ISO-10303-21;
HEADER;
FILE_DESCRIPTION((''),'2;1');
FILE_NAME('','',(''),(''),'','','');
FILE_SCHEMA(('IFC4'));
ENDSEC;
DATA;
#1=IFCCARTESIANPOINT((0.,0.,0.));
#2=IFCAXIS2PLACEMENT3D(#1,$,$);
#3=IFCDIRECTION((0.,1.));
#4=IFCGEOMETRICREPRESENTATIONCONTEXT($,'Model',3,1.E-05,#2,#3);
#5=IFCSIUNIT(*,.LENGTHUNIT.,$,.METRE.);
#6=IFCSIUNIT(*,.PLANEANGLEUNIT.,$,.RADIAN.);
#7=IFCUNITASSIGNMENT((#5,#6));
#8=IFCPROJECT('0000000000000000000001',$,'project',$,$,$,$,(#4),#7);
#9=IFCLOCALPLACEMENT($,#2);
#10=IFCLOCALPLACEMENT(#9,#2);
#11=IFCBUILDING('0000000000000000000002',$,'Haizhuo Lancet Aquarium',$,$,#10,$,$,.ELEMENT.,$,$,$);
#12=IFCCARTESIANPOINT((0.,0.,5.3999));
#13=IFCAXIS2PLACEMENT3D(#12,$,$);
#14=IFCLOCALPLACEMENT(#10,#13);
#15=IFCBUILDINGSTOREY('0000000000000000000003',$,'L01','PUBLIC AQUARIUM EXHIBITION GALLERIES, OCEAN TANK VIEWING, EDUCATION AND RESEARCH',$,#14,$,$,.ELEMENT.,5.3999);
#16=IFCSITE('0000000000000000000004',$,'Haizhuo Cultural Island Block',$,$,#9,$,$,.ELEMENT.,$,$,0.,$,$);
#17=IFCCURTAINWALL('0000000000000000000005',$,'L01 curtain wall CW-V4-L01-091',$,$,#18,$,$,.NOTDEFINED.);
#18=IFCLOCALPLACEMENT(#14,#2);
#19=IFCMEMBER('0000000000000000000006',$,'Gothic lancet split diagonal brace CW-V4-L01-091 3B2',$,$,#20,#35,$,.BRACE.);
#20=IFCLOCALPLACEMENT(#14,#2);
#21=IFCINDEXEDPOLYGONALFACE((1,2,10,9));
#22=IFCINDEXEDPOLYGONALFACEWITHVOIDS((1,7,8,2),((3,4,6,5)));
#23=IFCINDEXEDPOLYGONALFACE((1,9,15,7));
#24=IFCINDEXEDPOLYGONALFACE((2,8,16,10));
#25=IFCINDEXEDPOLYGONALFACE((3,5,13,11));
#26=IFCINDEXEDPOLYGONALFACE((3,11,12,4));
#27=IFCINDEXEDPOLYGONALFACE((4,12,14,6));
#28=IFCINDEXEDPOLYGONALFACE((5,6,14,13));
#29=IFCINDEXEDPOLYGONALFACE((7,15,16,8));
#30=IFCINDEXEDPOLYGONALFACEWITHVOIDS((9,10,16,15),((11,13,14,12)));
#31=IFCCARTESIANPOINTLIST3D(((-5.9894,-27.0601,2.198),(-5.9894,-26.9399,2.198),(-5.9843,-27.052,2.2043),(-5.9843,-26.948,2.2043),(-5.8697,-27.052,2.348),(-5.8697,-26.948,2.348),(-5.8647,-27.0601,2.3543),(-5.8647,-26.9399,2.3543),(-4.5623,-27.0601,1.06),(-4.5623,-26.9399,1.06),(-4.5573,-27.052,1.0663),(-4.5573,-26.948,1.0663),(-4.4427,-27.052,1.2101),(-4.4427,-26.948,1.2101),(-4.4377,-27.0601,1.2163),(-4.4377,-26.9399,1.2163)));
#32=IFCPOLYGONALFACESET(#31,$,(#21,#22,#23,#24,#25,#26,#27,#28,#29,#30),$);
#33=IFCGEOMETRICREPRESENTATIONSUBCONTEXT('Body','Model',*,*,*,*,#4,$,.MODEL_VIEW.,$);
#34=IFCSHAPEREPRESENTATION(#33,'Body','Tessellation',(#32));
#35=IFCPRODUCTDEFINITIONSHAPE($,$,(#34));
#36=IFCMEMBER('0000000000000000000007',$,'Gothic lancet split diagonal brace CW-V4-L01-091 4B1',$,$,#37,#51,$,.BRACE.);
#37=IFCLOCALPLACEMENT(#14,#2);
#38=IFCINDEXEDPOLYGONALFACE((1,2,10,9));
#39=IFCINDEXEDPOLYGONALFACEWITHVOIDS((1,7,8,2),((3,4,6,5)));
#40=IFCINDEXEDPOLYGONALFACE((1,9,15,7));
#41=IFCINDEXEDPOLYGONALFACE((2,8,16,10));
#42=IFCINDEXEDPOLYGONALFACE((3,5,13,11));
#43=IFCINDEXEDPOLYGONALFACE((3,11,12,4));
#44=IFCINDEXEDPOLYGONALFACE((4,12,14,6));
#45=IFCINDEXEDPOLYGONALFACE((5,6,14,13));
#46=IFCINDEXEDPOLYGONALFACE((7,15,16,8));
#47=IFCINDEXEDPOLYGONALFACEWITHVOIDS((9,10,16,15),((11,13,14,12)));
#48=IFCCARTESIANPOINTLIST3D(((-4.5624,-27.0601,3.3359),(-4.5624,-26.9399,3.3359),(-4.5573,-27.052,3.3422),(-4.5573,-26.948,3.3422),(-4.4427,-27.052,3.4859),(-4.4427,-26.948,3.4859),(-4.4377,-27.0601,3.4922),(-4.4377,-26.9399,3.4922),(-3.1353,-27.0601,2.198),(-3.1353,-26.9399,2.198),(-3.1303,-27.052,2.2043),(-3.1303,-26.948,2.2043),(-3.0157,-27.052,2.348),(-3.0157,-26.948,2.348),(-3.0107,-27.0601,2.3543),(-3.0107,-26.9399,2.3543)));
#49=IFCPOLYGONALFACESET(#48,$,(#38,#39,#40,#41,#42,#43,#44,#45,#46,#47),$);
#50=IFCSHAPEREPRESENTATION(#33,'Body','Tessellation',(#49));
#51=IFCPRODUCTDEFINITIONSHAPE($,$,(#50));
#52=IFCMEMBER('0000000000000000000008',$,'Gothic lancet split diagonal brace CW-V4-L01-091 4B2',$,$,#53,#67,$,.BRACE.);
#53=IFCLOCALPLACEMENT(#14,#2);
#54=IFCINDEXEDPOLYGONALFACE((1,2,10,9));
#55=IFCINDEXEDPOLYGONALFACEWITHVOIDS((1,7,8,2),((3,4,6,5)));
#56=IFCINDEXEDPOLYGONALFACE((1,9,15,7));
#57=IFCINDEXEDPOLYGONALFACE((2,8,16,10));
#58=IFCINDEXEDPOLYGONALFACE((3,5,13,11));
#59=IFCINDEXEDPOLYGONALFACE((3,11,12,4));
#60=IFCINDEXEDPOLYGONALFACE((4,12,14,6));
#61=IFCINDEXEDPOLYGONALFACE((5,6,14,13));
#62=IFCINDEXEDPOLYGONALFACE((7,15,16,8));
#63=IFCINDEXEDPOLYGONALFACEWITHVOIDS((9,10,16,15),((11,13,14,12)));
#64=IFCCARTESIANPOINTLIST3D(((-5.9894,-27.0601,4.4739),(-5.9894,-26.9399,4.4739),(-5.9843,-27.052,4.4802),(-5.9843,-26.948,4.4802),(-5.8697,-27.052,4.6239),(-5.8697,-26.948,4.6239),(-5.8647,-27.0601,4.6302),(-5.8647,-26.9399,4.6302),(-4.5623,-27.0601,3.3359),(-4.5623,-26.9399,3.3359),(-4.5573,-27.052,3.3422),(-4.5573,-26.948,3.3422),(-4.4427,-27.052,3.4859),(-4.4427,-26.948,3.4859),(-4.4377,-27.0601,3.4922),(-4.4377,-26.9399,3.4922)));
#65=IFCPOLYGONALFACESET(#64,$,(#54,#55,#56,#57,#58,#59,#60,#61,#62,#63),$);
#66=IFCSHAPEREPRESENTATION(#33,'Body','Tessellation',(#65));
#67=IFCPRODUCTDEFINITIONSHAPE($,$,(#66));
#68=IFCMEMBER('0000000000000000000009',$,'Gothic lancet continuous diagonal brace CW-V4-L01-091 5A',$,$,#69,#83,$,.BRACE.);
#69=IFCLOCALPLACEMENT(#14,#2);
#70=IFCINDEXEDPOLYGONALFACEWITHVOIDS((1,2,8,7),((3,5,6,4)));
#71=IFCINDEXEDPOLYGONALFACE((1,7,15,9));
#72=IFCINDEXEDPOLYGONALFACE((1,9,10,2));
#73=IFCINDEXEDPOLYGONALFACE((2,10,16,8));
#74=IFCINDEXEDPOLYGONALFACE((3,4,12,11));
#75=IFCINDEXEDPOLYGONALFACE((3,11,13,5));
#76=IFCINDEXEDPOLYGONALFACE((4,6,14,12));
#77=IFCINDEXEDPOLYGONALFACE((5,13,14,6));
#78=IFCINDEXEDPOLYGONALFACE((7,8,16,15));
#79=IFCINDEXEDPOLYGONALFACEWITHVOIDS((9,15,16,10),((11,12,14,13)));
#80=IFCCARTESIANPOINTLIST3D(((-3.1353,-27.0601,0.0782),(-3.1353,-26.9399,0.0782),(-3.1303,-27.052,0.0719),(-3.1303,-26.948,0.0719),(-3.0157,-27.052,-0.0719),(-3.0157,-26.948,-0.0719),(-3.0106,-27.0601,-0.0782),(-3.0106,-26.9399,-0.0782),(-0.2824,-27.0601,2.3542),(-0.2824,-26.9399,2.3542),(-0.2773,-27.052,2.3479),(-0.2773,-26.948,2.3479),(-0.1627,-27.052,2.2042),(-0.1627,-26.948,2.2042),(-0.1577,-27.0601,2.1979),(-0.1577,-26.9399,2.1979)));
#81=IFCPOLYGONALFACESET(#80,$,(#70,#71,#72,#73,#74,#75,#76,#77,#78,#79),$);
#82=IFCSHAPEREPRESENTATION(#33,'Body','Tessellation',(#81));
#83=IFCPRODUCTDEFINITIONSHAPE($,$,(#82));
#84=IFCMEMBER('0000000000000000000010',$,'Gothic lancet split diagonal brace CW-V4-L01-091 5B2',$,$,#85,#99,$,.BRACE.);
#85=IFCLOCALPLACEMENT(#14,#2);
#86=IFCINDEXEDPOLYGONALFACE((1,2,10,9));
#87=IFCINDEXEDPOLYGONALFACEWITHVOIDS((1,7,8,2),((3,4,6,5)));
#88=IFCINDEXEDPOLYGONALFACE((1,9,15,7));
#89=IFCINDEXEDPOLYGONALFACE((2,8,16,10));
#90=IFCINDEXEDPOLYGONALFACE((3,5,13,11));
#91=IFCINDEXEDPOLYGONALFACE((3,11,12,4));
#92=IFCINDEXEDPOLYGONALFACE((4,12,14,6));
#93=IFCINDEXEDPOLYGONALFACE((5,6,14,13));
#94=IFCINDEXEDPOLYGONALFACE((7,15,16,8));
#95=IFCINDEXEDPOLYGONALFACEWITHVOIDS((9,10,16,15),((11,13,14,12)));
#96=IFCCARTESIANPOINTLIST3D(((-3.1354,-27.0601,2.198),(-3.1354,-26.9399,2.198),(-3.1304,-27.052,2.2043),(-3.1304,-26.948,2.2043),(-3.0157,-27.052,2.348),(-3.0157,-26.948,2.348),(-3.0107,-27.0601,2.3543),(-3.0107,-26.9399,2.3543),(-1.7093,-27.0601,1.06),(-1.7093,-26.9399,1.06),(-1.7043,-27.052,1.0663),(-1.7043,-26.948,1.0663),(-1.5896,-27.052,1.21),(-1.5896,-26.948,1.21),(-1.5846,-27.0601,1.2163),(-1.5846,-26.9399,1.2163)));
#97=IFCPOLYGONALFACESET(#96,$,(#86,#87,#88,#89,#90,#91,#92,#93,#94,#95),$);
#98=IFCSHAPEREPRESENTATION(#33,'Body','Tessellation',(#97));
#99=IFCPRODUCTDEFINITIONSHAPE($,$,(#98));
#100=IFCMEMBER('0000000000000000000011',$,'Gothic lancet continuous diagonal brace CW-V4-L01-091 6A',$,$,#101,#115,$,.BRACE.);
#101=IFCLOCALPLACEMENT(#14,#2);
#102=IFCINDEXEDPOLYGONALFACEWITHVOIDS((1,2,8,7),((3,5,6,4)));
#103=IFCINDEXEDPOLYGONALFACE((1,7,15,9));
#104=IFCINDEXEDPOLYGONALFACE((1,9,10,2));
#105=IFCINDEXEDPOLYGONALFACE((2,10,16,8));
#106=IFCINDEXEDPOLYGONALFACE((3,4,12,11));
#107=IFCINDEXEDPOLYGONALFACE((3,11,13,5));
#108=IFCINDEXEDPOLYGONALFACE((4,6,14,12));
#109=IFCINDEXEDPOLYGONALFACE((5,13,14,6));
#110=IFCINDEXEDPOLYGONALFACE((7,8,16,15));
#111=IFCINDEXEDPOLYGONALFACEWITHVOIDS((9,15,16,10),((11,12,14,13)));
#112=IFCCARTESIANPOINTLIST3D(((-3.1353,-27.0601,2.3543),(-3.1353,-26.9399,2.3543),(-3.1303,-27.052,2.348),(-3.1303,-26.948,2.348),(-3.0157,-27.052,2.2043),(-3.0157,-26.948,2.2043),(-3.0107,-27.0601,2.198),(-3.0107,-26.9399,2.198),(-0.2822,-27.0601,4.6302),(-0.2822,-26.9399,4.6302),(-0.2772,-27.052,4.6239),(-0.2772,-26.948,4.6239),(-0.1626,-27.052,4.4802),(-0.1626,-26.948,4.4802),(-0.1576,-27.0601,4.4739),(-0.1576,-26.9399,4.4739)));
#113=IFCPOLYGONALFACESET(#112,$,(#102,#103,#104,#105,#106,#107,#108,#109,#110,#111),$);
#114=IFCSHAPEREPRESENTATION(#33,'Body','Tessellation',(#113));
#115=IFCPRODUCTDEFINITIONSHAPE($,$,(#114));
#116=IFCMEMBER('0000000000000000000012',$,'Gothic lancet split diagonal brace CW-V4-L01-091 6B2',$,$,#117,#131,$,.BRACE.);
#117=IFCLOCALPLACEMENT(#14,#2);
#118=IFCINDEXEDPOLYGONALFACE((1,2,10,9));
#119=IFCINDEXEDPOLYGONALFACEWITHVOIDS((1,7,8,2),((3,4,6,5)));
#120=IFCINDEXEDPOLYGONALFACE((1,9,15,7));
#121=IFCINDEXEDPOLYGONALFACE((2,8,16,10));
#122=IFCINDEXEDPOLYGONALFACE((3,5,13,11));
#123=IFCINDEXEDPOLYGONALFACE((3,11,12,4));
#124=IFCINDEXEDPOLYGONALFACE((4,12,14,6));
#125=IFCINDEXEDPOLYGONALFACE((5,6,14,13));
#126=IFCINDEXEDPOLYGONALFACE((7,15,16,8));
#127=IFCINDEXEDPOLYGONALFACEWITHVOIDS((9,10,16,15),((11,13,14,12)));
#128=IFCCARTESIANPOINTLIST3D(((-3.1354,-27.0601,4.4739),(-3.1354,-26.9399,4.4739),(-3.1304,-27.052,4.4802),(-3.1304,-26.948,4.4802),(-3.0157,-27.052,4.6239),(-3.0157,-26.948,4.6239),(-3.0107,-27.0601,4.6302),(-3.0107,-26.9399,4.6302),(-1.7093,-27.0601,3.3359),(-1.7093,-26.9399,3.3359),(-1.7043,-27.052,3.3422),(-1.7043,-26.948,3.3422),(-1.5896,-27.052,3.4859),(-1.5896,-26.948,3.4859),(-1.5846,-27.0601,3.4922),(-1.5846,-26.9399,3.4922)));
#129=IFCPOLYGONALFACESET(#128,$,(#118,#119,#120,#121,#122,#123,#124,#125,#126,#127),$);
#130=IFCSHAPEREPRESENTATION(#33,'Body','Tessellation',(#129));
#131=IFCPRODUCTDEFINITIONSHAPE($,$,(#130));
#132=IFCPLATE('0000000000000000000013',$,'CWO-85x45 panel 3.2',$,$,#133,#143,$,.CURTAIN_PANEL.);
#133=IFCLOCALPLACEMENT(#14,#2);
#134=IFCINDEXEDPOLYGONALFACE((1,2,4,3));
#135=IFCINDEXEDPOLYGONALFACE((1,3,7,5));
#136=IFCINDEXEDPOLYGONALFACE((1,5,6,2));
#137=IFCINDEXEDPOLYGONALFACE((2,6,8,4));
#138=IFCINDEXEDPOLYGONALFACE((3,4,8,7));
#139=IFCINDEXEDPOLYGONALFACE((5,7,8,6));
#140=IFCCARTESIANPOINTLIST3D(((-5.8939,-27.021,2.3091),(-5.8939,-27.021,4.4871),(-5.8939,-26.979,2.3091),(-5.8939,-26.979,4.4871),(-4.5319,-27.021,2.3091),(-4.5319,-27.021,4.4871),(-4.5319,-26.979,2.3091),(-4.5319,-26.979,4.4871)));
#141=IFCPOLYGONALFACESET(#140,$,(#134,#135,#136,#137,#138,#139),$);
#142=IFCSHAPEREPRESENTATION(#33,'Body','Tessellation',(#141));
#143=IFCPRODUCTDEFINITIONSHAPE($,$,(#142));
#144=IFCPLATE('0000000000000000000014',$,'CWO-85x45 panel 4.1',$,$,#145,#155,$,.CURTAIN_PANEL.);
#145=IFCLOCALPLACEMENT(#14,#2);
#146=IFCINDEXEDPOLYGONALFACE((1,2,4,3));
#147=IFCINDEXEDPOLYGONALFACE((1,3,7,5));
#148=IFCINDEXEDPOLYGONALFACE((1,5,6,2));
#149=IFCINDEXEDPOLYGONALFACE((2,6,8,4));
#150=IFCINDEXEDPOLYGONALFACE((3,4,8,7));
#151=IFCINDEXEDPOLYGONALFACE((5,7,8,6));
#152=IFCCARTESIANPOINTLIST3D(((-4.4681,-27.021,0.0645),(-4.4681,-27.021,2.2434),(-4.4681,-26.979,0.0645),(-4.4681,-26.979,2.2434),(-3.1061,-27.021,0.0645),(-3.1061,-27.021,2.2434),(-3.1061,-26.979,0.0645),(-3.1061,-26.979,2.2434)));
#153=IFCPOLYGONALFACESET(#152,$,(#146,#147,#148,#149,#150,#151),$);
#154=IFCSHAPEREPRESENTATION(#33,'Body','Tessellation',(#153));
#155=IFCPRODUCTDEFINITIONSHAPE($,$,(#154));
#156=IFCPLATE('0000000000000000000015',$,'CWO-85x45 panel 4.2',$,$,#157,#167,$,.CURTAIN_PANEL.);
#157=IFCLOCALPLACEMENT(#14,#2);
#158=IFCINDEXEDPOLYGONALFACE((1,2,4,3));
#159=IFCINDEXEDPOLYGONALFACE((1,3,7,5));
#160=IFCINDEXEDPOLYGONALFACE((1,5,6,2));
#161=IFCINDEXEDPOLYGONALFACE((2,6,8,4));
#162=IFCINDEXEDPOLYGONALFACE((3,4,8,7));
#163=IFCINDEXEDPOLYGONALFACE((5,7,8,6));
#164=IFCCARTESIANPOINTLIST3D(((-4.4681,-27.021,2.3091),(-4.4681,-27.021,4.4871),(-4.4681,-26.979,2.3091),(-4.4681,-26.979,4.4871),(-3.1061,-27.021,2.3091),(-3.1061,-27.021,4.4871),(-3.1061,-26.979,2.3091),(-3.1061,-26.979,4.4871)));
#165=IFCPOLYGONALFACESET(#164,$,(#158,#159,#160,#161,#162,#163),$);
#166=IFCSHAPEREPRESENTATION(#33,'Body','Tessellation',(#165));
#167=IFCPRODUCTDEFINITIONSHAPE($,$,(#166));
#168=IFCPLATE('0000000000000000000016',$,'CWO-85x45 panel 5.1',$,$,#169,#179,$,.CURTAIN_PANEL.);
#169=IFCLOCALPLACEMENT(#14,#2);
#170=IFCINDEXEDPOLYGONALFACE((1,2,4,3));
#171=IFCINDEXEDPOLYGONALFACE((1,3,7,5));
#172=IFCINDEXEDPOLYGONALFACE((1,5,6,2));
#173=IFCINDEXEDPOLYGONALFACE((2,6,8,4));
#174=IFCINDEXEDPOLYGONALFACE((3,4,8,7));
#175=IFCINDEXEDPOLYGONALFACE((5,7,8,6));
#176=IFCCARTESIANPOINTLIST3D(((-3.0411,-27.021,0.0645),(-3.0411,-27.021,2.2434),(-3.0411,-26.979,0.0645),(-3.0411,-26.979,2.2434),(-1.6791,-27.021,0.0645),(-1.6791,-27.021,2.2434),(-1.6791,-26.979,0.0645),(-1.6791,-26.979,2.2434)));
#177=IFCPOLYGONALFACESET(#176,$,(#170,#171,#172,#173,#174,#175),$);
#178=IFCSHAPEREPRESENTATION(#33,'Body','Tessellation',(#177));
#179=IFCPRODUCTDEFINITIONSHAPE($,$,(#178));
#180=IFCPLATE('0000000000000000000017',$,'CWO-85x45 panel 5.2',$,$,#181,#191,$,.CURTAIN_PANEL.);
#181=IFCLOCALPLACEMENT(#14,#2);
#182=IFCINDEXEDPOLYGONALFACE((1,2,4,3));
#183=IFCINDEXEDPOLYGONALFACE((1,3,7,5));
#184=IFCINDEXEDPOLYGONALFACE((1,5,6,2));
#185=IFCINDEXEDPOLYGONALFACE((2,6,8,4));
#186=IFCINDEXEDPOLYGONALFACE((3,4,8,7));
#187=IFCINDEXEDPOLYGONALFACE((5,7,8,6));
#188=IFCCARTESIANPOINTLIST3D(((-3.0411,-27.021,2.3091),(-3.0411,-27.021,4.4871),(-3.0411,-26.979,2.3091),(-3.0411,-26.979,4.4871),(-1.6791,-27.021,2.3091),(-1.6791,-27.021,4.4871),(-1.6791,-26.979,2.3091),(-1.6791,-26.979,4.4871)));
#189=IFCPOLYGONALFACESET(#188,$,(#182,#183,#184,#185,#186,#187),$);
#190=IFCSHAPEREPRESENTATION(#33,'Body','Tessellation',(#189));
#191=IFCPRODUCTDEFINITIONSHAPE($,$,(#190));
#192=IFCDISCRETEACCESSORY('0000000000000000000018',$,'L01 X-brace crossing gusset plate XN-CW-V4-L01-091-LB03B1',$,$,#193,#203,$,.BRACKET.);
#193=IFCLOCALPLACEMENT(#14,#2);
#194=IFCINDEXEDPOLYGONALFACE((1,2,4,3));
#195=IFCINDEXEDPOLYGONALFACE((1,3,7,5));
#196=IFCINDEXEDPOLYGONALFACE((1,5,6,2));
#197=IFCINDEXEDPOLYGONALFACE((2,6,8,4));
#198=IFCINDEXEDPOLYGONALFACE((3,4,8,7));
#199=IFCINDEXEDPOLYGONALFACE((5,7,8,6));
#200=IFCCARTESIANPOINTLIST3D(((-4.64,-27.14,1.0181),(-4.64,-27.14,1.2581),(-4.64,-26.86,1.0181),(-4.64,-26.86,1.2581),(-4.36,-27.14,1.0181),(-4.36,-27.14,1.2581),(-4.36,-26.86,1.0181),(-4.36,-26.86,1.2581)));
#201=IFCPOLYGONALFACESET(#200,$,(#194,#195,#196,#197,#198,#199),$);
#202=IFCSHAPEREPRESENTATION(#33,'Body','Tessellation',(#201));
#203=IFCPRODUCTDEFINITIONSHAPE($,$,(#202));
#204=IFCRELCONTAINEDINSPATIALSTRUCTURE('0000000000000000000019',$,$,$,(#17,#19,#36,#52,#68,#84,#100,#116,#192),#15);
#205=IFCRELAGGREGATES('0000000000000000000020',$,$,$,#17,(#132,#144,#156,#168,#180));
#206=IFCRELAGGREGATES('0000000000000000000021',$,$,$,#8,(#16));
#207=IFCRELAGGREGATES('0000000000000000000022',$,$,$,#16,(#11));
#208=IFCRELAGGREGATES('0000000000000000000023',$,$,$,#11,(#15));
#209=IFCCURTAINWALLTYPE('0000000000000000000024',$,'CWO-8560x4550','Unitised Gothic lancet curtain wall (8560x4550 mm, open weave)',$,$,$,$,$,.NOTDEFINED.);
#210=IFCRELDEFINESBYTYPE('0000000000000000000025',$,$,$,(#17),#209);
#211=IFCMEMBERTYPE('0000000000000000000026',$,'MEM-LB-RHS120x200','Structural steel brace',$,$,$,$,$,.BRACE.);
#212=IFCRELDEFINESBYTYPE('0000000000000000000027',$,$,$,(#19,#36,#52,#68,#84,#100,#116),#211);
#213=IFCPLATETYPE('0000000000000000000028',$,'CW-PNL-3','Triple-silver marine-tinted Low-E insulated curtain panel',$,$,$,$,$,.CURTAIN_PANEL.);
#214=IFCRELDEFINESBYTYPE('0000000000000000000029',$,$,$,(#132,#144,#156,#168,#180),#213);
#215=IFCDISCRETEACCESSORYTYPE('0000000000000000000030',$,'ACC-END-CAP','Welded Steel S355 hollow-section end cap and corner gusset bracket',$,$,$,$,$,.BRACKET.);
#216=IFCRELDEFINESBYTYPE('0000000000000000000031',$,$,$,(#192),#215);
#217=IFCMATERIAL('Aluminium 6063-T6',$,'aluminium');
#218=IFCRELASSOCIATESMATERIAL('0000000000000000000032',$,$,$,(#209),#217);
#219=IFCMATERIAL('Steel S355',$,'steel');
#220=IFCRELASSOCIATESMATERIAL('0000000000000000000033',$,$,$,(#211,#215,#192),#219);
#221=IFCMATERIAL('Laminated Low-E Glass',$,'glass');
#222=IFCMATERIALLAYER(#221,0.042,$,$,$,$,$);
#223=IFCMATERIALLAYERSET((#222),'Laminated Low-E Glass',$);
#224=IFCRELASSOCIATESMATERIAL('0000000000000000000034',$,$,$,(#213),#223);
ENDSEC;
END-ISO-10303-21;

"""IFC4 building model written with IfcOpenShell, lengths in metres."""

from ifc_helpers import new_model, si_unit, direction, frame, origin, origin_2d, place, context, subcontext, project, spatial, rectangle, hollow_rectangle, extrude, material, layer, layer_set, material_profile, profile_set, type_object, element, aggregate, save


model = new_model("IFC4")

# Units and contexts
model_context = context("Model", 3, precision=1e-05, world=origin(), true_north=direction((0.0, 1.0)))
body_context = subcontext(model_context, "Body", "Model", "MODEL_VIEW")
ifc_project = project(units=[si_unit("LENGTHUNIT", "METRE"), si_unit("PLANEANGLEUNIT", "RADIAN")], contexts=[model_context])

# Site, building, storey
site_placement = place(None, origin())
site = spatial("IfcSite", under=ifc_project, at=site_placement, Name="Haizhuo Cultural Island Block", CompositionType="ELEMENT", RefElevation=0.0)
building_placement = place(site_placement, origin())
building = spatial("IfcBuilding", under=site, at=building_placement, Name="Haizhuo Lancet Aquarium", CompositionType="ELEMENT")
storey_placement = place(building_placement, frame((0.0, 0.0, 5.3999)))
storey = spatial("IfcBuildingStorey", under=building, at=storey_placement, Name="L01", Description="PUBLIC AQUARIUM EXHIBITION GALLERIES, OCEAN TANK VIEWING, EDUCATION AND RESEARCH", CompositionType="ELEMENT", Elevation=5.3999)

# Curtain wall
ifc_material_1 = material(Name="Aluminium 6063-T6", Category="aluminium")
curtain_wall_type = type_object("IfcCurtainWallType", Name="CWO-8560x4550", Description="Unitised Gothic lancet curtain wall (8560x4550 mm, open weave)", PredefinedType="NOTDEFINED", material=ifc_material_1)
curtain_wall_placement = place(storey_placement, origin())
curtain_wall = element("IfcCurtainWall", 1, at=curtain_wall_placement, inside=storey, type_object=curtain_wall_type, Name="L01 curtain wall CW-V4-L01-091", PredefinedType="NOTDEFINED")

# Members
ifc_material_2 = material(Name="Steel S355", Category="steel")
ifc_material_profile_1 = material_profile(ifc_material_2, hollow_rectangle(XDim=0.1201, YDim=0.2, WallThickness=0.0081, at=origin_2d()), Name="RHS 120x200x8")
ifc_profile_set_1 = profile_set([ifc_material_profile_1], Name="Steel S355")
member_type_1 = type_object("IfcMemberType", Name="MEM-LB-RHS120x200", Description="Structural steel brace", PredefinedType="BRACE", material=ifc_profile_set_1)
for number, where, z_axis, x_axis, name in (
    (2, (-4.5, -27.0, 1.1382), (-0.781847, 0.0, 0.623471), (0.0, -1.0, 0.0), "Gothic lancet split diagonal brace CW-V4-L01-091 3B2"),
    (3, (-3.073, -27.0, 2.2761), (-0.781847, 0.0, 0.623471), (0.0, -1.0, 0.0), "Gothic lancet split diagonal brace CW-V4-L01-091 4B1"),
    (4, (-4.5, -27.0, 3.4141), (-0.781847, 0.0, 0.623471), (0.0, -1.0, 0.0), "Gothic lancet split diagonal brace CW-V4-L01-091 4B2"),
):
    element("IfcMember", number, at=place(storey_placement, frame(where, z_axis=z_axis, x_axis=x_axis)), inside=storey, type_object=member_type_1, Name=name, PredefinedType="BRACE", context=body_context, shape_type="SweptSolid", body=[
        extrude(hollow_rectangle(XDim=0.1201, YDim=0.2, WallThickness=0.0081, at=origin_2d()), origin(), (0.0, 0.0, 1.0), 1.8252),
    ])
member_1_placement = place(storey_placement, frame((-3.073, -27.0, 0.0), z_axis=(0.78171, 0.0, 0.623642), x_axis=(0.0, 1.0, 0.0)))
element("IfcMember", 5, at=member_1_placement, inside=storey, type_object=member_type_1, Name="Gothic lancet continuous diagonal brace CW-V4-L01-091 5A", PredefinedType="BRACE", context=body_context, shape_type="SweptSolid", body=[
    extrude(hollow_rectangle(XDim=0.1201, YDim=0.2, WallThickness=0.0081, at=origin_2d()), origin(), (0.0, 0.0, 1.0), 3.6497),
])
member_2_placement = place(storey_placement, frame((-1.647, -27.0, 1.1382), z_axis=(-0.781638, 0.0, 0.623732), x_axis=(0.0, -1.0, 0.0)))
element("IfcMember", 6, at=member_2_placement, inside=storey, type_object=member_type_1, Name="Gothic lancet split diagonal brace CW-V4-L01-091 5B2", PredefinedType="BRACE", context=body_context, shape_type="SweptSolid", body=[
    extrude(hollow_rectangle(XDim=0.1201, YDim=0.2, WallThickness=0.0081, at=origin_2d()), origin(), (0.0, 0.0, 1.0), 1.8245),
])
member_3_placement = place(storey_placement, frame((-3.073, -27.0, 2.2761), z_axis=(0.781743, 0.0, 0.623601), x_axis=(0.0, 1.0, 0.0)))
element("IfcMember", 7, at=member_3_placement, inside=storey, type_object=member_type_1, Name="Gothic lancet continuous diagonal brace CW-V4-L01-091 6A", PredefinedType="BRACE", context=body_context, shape_type="SweptSolid", body=[
    extrude(hollow_rectangle(XDim=0.1201, YDim=0.2, WallThickness=0.0081, at=origin_2d()), origin(), (0.0, 0.0, 1.0), 3.6497),
])
member_4_placement = place(storey_placement, frame((-1.647, -27.0, 3.4141), z_axis=(-0.781638, 0.0, 0.623732), x_axis=(0.0, -1.0, 0.0)))
element("IfcMember", 8, at=member_4_placement, inside=storey, type_object=member_type_1, Name="Gothic lancet split diagonal brace CW-V4-L01-091 6B2", PredefinedType="BRACE", context=body_context, shape_type="SweptSolid", body=[
    extrude(hollow_rectangle(XDim=0.1201, YDim=0.2, WallThickness=0.0081, at=origin_2d()), origin(), (0.0, 0.0, 1.0), 1.8245),
])

# Plates
ifc_material_3 = material(Name="Laminated Low-E Glass", Category="glass")
ifc_layer = layer(ifc_material_3, 0.042)
ifc_layer_set = layer_set([ifc_layer], Name="Laminated Low-E Glass")
plate_type = type_object("IfcPlateType", Name="CW-PNL-3", Description="Triple-silver marine-tinted Low-E insulated curtain panel", PredefinedType="CURTAIN_PANEL", material=ifc_layer_set)
plate_1_placement = place(storey_placement, frame((-5.2129, -27.0, 2.3091), z_axis=(0.0, 0.0, 1.0), x_axis=(1.0, 0.0, 0.0)))
plate_1 = element("IfcPlate", 9, at=plate_1_placement, type_object=plate_type, Name="CWO-85x45 panel 3.2", PredefinedType="CURTAIN_PANEL", context=body_context, shape_type="SweptSolid", body=[
    extrude(rectangle(XDim=1.3621, YDim=0.042, at=origin_2d()), origin(), (0.0, 0.0, 1.0), 2.178),
])
plate_2_placement = place(storey_placement, frame((-3.7871, -27.0, 0.0645), z_axis=(0.0, 0.0, 1.0), x_axis=(1.0, 0.0, 0.0)))
plate_2 = element("IfcPlate", 10, at=plate_2_placement, type_object=plate_type, Name="CWO-85x45 panel 4.1", PredefinedType="CURTAIN_PANEL", context=body_context, shape_type="SweptSolid", body=[
    extrude(rectangle(XDim=1.3621, YDim=0.042, at=origin_2d()), origin(), (0.0, 0.0, 1.0), 2.179),
])
plate_3_placement = place(storey_placement, frame((-3.7871, -27.0, 2.3091), z_axis=(0.0, 0.0, 1.0), x_axis=(1.0, 0.0, 0.0)))
plate_3 = element("IfcPlate", 11, at=plate_3_placement, type_object=plate_type, Name="CWO-85x45 panel 4.2", PredefinedType="CURTAIN_PANEL", context=body_context, shape_type="SweptSolid", body=[
    extrude(rectangle(XDim=1.3621, YDim=0.042, at=origin_2d()), origin(), (0.0, 0.0, 1.0), 2.178),
])
plate_4_placement = place(storey_placement, frame((-2.3601, -27.0, 0.0645), z_axis=(0.0, 0.0, 1.0), x_axis=(1.0, 0.0, 0.0)))
plate_4 = element("IfcPlate", 12, at=plate_4_placement, type_object=plate_type, Name="CWO-85x45 panel 5.1", PredefinedType="CURTAIN_PANEL", context=body_context, shape_type="SweptSolid", body=[
    extrude(rectangle(XDim=1.3621, YDim=0.042, at=origin_2d()), origin(), (0.0, 0.0, 1.0), 2.179),
])
plate_5_placement = place(storey_placement, frame((-2.3601, -27.0, 2.3091), z_axis=(0.0, 0.0, 1.0), x_axis=(1.0, 0.0, 0.0)))
plate_5 = element("IfcPlate", 13, at=plate_5_placement, type_object=plate_type, Name="CWO-85x45 panel 5.2", PredefinedType="CURTAIN_PANEL", context=body_context, shape_type="SweptSolid", body=[
    extrude(rectangle(XDim=1.3621, YDim=0.042, at=origin_2d()), origin(), (0.0, 0.0, 1.0), 2.178),
])
aggregate(curtain_wall, [plate_1, plate_2, plate_3, plate_4, plate_5])

# Discrete accessory
discrete_accessory_type = type_object("IfcDiscreteAccessoryType", Name="ACC-END-CAP", Description="Welded Steel S355 hollow-section end cap and corner gusset bracket", PredefinedType="BRACKET", material=ifc_material_2)
for number, where, z_axis, x_axis, name in (
    (14, (-4.5, -27.0, 1.0181), (0.0, 0.0, 1.0), (1.0, 0.0, 0.0), "L01 X-brace crossing gusset plate XN-CW-V4-L01-091-LB03B1"),
):
    element("IfcDiscreteAccessory", number, at=place(storey_placement, frame(where, z_axis=z_axis, x_axis=x_axis)), inside=storey, type_object=discrete_accessory_type, material=ifc_material_2, Name=name, PredefinedType="BRACKET", context=body_context, shape_type="SweptSolid", body=[
        extrude(rectangle(XDim=0.28, YDim=0.28, at=origin_2d()), origin(), (0.0, 0.0, 1.0), 0.24),
    ])

save(model, "model.ifc")
